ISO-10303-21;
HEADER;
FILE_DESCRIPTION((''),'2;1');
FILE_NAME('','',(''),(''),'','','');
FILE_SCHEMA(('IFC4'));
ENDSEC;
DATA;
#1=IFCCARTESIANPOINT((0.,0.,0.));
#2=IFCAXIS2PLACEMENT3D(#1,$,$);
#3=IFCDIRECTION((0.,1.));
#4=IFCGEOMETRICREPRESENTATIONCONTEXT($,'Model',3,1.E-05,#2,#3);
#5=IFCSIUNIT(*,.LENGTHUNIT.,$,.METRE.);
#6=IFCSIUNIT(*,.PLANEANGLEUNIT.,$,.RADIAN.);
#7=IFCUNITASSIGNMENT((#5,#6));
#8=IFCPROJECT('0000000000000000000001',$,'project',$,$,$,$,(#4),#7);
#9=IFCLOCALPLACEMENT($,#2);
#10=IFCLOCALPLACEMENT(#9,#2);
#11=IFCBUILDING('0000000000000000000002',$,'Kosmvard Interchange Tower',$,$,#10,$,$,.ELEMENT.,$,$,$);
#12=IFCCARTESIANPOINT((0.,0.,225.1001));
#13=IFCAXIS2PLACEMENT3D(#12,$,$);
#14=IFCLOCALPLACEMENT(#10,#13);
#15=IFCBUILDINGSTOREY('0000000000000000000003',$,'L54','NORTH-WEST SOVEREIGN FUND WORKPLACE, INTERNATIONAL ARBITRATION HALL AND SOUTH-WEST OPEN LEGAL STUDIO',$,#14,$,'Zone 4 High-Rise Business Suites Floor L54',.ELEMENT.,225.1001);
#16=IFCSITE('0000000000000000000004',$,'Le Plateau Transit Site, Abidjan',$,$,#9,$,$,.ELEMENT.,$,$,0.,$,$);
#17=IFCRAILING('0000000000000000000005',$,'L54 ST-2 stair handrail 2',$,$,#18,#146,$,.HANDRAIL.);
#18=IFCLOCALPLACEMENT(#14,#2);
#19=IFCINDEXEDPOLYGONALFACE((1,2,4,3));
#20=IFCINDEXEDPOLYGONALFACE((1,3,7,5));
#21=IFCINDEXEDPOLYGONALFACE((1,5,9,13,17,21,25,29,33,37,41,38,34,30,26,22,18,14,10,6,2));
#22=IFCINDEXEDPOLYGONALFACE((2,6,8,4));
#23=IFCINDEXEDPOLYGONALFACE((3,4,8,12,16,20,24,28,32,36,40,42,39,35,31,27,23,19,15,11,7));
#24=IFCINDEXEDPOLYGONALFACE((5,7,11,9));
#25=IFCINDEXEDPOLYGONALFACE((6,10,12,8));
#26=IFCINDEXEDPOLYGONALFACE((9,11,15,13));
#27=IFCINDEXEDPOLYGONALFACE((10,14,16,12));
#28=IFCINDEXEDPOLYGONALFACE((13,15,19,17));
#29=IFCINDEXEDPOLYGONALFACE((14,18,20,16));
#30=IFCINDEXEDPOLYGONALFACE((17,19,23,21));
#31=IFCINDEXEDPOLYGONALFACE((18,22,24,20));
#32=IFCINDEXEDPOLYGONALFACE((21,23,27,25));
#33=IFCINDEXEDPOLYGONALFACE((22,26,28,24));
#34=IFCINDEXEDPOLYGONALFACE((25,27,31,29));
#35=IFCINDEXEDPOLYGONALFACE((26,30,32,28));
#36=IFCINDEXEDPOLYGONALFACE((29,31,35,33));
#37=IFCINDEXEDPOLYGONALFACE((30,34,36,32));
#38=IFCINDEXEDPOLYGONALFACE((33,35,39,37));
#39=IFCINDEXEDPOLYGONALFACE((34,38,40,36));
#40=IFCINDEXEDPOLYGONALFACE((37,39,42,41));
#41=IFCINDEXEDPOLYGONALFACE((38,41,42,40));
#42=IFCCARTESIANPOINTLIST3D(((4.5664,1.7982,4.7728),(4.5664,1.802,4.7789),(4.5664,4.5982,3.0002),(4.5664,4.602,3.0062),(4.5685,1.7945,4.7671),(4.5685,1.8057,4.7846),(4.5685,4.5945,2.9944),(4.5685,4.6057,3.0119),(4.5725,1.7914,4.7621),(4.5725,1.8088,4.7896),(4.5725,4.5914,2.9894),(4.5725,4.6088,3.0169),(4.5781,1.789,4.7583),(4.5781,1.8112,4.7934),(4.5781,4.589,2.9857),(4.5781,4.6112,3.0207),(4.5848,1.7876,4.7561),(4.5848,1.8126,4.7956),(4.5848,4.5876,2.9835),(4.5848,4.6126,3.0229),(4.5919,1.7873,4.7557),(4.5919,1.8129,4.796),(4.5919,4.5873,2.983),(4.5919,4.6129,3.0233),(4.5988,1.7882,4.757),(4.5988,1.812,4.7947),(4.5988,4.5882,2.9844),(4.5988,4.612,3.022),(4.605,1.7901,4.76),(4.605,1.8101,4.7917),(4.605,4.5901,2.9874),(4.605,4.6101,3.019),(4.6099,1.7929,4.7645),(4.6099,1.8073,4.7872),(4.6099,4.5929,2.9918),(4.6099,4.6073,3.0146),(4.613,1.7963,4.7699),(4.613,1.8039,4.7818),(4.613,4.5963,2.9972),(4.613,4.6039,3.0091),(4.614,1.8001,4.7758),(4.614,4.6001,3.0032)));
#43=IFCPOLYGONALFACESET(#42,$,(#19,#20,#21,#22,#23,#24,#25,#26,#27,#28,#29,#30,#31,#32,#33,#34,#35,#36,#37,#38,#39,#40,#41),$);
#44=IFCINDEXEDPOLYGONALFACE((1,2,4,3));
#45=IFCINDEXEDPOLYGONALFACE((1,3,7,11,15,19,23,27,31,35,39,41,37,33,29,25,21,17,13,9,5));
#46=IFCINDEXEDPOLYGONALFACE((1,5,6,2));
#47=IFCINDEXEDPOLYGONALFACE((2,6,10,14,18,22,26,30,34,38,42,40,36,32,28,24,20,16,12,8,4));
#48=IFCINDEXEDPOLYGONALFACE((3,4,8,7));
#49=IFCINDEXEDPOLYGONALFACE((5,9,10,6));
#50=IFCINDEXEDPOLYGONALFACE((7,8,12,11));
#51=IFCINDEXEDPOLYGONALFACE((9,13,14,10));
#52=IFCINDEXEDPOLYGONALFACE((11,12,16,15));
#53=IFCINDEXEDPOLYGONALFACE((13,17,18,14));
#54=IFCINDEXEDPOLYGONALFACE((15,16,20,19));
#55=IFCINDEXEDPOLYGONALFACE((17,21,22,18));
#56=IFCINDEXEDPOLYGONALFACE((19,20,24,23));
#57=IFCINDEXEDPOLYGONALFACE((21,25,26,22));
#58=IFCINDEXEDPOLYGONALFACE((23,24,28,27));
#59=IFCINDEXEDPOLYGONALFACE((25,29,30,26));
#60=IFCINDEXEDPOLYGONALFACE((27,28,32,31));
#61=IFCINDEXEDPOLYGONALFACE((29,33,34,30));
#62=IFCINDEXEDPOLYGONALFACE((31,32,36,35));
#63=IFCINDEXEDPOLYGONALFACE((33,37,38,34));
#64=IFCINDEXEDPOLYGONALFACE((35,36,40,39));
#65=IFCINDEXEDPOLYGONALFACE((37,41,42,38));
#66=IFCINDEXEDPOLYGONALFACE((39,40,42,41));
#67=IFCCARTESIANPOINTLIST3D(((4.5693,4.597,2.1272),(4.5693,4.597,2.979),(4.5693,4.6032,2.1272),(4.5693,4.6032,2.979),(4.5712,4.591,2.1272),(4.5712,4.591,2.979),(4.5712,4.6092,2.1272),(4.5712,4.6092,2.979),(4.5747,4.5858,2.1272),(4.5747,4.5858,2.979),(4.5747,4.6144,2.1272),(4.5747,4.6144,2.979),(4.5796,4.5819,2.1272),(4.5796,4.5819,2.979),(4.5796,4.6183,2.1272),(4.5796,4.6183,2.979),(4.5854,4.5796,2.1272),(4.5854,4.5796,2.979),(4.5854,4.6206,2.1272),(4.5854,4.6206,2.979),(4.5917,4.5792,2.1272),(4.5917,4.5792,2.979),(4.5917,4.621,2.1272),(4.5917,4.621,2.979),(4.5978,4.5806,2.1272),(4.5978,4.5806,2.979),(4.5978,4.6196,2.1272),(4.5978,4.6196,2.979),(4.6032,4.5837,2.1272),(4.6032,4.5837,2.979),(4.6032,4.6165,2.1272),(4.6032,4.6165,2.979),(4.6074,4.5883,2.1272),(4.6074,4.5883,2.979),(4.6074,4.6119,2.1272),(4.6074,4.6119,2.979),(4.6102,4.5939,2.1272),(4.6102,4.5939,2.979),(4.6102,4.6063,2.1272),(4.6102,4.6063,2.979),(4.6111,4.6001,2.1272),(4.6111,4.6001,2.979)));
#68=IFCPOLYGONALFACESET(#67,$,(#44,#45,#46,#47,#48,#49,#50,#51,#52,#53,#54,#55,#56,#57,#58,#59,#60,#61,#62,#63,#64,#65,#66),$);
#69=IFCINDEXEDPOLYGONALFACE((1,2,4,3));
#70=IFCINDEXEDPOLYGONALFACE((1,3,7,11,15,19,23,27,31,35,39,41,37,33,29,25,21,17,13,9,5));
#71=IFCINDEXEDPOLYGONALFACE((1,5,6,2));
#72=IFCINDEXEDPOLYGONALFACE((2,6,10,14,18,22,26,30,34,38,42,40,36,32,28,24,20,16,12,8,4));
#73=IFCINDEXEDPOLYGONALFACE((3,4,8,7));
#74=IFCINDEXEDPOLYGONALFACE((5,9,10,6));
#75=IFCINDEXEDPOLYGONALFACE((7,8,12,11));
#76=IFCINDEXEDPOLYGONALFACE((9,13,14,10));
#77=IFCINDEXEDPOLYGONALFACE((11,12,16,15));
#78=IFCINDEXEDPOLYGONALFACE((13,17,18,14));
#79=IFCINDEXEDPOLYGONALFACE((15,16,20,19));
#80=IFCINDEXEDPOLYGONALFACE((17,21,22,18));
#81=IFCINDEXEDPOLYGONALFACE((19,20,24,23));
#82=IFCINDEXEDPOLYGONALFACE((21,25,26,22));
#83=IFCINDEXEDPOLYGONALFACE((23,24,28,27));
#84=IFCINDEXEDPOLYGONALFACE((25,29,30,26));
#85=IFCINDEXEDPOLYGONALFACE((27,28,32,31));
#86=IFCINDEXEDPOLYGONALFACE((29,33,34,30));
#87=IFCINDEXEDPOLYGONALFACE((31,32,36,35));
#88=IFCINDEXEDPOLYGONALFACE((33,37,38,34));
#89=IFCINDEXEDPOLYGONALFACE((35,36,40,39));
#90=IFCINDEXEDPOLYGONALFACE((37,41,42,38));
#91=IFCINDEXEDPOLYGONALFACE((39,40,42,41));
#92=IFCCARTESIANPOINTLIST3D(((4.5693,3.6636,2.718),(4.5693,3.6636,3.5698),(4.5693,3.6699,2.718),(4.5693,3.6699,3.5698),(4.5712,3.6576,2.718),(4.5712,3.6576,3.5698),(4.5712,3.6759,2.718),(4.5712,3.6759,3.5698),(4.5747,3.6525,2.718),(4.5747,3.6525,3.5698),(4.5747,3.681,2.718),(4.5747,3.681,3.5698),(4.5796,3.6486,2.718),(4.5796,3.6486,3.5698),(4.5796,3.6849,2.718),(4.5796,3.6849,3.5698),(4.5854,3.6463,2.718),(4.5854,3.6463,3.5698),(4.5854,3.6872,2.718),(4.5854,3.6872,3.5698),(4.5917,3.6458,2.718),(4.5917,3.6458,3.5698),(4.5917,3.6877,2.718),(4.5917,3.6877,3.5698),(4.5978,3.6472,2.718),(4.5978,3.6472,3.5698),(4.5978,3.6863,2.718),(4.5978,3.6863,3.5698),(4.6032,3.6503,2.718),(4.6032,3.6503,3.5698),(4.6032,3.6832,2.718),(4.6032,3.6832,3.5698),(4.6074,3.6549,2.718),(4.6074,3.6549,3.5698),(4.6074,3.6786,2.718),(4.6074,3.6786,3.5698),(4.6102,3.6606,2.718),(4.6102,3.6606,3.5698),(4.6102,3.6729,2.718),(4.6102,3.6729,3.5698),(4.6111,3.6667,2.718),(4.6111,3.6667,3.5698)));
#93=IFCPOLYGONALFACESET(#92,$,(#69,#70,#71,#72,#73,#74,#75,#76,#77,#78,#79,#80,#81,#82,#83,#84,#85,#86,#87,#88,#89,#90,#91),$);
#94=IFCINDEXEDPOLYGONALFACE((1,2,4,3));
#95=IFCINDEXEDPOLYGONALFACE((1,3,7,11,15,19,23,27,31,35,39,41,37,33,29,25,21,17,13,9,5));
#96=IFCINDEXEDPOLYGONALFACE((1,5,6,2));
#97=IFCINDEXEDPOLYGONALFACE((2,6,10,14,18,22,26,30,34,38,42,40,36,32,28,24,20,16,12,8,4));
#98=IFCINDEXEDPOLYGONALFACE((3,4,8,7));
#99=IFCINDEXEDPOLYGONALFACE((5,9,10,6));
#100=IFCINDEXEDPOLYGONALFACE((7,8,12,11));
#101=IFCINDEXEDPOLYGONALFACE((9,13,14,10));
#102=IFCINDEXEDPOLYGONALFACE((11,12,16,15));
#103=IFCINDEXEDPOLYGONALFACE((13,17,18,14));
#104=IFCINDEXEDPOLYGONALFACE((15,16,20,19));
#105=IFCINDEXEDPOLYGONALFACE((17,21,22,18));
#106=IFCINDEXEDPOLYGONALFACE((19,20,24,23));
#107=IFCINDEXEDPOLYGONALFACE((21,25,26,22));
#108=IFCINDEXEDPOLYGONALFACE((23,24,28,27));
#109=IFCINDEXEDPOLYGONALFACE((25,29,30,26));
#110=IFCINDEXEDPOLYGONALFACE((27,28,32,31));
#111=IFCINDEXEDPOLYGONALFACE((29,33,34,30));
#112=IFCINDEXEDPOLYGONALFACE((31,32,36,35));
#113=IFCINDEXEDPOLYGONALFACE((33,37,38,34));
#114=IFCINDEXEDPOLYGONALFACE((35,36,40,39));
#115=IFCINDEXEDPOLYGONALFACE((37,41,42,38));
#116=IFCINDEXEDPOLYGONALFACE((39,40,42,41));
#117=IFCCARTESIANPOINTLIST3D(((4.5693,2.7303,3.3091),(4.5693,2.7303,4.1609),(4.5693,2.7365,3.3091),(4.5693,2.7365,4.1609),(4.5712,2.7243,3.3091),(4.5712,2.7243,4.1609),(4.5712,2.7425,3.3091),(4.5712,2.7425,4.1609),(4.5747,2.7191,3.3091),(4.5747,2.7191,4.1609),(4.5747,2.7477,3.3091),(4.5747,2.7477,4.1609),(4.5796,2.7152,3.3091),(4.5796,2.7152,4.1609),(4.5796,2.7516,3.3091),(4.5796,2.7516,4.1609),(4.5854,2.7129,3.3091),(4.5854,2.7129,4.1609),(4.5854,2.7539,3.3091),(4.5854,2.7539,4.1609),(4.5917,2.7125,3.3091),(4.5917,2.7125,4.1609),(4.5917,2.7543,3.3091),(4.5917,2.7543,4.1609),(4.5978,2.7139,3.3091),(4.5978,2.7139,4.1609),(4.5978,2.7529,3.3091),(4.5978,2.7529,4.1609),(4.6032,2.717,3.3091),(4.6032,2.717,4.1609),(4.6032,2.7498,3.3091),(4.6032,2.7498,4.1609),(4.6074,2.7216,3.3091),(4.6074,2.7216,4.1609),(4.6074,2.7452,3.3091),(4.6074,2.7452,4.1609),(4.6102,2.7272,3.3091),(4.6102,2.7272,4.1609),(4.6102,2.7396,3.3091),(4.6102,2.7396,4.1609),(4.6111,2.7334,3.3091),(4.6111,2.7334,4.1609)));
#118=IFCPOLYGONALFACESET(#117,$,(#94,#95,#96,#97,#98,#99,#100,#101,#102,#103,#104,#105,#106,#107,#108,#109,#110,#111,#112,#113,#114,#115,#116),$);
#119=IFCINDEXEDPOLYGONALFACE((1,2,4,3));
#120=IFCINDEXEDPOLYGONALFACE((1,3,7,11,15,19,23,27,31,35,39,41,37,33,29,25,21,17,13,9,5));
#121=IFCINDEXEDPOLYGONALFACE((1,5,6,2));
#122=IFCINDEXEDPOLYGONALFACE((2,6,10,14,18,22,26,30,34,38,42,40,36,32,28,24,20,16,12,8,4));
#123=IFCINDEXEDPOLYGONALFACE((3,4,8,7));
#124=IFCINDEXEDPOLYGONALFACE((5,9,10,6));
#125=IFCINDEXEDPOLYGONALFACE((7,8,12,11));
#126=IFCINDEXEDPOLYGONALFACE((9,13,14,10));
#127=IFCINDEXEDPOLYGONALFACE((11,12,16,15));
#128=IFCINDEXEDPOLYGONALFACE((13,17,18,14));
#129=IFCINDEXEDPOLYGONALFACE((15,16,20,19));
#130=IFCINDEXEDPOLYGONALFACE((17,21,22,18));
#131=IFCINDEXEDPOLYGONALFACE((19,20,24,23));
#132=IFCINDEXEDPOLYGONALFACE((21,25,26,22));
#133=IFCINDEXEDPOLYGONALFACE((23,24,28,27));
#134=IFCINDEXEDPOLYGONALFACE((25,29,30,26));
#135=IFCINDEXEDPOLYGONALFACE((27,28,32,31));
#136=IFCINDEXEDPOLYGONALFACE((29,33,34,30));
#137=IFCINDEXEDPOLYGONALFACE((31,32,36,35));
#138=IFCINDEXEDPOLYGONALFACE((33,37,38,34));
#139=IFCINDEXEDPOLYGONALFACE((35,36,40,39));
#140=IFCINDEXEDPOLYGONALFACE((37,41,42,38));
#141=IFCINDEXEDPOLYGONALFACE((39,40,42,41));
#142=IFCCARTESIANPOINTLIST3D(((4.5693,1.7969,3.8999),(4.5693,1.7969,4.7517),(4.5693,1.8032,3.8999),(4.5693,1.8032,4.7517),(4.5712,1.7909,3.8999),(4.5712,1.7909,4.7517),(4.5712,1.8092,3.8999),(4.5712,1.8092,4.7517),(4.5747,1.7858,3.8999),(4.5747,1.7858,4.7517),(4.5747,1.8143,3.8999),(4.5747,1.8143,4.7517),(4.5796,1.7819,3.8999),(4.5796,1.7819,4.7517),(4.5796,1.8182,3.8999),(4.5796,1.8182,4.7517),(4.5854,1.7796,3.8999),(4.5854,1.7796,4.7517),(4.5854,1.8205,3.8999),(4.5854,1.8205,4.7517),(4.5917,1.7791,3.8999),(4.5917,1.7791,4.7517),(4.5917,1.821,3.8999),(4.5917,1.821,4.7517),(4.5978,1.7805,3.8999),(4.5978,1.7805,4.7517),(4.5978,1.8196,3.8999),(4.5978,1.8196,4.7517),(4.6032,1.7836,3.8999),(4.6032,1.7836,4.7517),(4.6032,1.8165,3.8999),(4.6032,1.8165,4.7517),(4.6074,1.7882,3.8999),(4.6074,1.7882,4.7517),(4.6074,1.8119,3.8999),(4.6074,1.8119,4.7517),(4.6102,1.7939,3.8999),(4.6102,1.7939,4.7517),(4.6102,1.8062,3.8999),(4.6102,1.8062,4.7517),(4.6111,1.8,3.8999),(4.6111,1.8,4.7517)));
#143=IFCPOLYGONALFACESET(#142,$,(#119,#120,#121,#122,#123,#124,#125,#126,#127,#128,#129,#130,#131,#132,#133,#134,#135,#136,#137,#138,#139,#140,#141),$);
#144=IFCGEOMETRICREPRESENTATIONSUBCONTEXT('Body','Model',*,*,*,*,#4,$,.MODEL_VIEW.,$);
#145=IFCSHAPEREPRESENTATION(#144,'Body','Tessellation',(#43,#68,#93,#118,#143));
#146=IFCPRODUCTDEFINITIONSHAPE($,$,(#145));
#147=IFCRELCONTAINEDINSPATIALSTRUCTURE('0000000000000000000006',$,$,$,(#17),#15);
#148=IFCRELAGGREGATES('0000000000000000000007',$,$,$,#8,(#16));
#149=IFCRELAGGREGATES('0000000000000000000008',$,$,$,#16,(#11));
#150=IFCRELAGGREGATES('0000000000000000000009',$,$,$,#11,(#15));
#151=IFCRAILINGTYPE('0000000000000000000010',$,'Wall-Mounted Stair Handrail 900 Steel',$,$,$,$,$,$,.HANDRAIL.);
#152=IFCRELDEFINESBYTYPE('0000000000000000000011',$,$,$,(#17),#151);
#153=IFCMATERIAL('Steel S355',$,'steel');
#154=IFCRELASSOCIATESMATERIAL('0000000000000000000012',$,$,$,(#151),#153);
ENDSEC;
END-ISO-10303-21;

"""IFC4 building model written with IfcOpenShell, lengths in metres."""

from ifc_helpers import new_model, si_unit, direction, frame, origin, origin_2d, place, context, subcontext, project, spatial, circle, extrude, source, transform, mapped, material, type_object, element, save


model = new_model("IFC4")

# Units and contexts
model_context = context("Model", 3, precision=1e-05, world=origin(), true_north=direction((0.0, 1.0)))
body_context = subcontext(model_context, "Body", "Model", "MODEL_VIEW")
ifc_project = project(units=[si_unit("LENGTHUNIT", "METRE"), si_unit("PLANEANGLEUNIT", "RADIAN")], contexts=[model_context])

# Site, building, storey
site_placement = place(None, origin())
site = spatial("IfcSite", under=ifc_project, at=site_placement, Name="Le Plateau Transit Site, Abidjan", CompositionType="ELEMENT", RefElevation=0.0)
building_placement = place(site_placement, origin())
building = spatial("IfcBuilding", under=site, at=building_placement, Name="Kosmvard Interchange Tower", CompositionType="ELEMENT")
storey_placement = place(building_placement, frame((0.0, 0.0, 225.1001)))
storey = spatial("IfcBuildingStorey", under=building, at=storey_placement, Name="L54", Description="NORTH-WEST SOVEREIGN FUND WORKPLACE, INTERNATIONAL ARBITRATION HALL AND SOUTH-WEST OPEN LEGAL STUDIO", LongName="Zone 4 High-Rise Business Suites Floor L54", CompositionType="ELEMENT", Elevation=225.1001)

# Railing
ifc_material_1 = material(Name="Steel S355", Category="steel")
railing_type_1 = type_object("IfcRailingType", Name="Wall-Mounted Stair Handrail 900 Steel", PredefinedType="HANDRAIL", material=ifc_material_1)
shared_shape_1 = source(origin(), body_context, "Body", "SweptSolid", [
    extrude(circle(Radius=0.0239, at=origin_2d()), frame((0.0, 0.0, 0.876), z_axis=(0.0, -0.844909, 0.53491), x_axis=(1.0, 0.0, 0.0)), (0.0, 0.0, 1.0), 3.314),
    extrude(circle(Radius=0.021, at=origin_2d()), origin(), (0.0, 0.0, 1.0), 0.8518),
    extrude(circle(Radius=0.021, at=origin_2d()), frame((0.0, -0.9333, 0.5908)), (0.0, 0.0, 1.0), 0.8518),
    extrude(circle(Radius=0.021, at=origin_2d()), frame((0.0, -1.8667, 1.1819)), (0.0, 0.0, 1.0), 0.8518),
    extrude(circle(Radius=0.021, at=origin_2d()), frame((0.0, -2.8, 1.7727)), (0.0, 0.0, 1.0), 0.8518),
])
railing_1_placement = place(storey_placement, frame((4.5901, 4.6001, 2.1272)))
element("IfcRailing", 1, at=railing_1_placement, inside=storey, type_object=railing_type_1, Name="L54 ST-2 stair handrail 2", PredefinedType="HANDRAIL", context=body_context, shape_type="MappedRepresentation", body=[
    mapped(shared_shape_1, transform((0.0, 0.0, 0.0), scale=1.0)),
])

save(model, "model.ifc")
